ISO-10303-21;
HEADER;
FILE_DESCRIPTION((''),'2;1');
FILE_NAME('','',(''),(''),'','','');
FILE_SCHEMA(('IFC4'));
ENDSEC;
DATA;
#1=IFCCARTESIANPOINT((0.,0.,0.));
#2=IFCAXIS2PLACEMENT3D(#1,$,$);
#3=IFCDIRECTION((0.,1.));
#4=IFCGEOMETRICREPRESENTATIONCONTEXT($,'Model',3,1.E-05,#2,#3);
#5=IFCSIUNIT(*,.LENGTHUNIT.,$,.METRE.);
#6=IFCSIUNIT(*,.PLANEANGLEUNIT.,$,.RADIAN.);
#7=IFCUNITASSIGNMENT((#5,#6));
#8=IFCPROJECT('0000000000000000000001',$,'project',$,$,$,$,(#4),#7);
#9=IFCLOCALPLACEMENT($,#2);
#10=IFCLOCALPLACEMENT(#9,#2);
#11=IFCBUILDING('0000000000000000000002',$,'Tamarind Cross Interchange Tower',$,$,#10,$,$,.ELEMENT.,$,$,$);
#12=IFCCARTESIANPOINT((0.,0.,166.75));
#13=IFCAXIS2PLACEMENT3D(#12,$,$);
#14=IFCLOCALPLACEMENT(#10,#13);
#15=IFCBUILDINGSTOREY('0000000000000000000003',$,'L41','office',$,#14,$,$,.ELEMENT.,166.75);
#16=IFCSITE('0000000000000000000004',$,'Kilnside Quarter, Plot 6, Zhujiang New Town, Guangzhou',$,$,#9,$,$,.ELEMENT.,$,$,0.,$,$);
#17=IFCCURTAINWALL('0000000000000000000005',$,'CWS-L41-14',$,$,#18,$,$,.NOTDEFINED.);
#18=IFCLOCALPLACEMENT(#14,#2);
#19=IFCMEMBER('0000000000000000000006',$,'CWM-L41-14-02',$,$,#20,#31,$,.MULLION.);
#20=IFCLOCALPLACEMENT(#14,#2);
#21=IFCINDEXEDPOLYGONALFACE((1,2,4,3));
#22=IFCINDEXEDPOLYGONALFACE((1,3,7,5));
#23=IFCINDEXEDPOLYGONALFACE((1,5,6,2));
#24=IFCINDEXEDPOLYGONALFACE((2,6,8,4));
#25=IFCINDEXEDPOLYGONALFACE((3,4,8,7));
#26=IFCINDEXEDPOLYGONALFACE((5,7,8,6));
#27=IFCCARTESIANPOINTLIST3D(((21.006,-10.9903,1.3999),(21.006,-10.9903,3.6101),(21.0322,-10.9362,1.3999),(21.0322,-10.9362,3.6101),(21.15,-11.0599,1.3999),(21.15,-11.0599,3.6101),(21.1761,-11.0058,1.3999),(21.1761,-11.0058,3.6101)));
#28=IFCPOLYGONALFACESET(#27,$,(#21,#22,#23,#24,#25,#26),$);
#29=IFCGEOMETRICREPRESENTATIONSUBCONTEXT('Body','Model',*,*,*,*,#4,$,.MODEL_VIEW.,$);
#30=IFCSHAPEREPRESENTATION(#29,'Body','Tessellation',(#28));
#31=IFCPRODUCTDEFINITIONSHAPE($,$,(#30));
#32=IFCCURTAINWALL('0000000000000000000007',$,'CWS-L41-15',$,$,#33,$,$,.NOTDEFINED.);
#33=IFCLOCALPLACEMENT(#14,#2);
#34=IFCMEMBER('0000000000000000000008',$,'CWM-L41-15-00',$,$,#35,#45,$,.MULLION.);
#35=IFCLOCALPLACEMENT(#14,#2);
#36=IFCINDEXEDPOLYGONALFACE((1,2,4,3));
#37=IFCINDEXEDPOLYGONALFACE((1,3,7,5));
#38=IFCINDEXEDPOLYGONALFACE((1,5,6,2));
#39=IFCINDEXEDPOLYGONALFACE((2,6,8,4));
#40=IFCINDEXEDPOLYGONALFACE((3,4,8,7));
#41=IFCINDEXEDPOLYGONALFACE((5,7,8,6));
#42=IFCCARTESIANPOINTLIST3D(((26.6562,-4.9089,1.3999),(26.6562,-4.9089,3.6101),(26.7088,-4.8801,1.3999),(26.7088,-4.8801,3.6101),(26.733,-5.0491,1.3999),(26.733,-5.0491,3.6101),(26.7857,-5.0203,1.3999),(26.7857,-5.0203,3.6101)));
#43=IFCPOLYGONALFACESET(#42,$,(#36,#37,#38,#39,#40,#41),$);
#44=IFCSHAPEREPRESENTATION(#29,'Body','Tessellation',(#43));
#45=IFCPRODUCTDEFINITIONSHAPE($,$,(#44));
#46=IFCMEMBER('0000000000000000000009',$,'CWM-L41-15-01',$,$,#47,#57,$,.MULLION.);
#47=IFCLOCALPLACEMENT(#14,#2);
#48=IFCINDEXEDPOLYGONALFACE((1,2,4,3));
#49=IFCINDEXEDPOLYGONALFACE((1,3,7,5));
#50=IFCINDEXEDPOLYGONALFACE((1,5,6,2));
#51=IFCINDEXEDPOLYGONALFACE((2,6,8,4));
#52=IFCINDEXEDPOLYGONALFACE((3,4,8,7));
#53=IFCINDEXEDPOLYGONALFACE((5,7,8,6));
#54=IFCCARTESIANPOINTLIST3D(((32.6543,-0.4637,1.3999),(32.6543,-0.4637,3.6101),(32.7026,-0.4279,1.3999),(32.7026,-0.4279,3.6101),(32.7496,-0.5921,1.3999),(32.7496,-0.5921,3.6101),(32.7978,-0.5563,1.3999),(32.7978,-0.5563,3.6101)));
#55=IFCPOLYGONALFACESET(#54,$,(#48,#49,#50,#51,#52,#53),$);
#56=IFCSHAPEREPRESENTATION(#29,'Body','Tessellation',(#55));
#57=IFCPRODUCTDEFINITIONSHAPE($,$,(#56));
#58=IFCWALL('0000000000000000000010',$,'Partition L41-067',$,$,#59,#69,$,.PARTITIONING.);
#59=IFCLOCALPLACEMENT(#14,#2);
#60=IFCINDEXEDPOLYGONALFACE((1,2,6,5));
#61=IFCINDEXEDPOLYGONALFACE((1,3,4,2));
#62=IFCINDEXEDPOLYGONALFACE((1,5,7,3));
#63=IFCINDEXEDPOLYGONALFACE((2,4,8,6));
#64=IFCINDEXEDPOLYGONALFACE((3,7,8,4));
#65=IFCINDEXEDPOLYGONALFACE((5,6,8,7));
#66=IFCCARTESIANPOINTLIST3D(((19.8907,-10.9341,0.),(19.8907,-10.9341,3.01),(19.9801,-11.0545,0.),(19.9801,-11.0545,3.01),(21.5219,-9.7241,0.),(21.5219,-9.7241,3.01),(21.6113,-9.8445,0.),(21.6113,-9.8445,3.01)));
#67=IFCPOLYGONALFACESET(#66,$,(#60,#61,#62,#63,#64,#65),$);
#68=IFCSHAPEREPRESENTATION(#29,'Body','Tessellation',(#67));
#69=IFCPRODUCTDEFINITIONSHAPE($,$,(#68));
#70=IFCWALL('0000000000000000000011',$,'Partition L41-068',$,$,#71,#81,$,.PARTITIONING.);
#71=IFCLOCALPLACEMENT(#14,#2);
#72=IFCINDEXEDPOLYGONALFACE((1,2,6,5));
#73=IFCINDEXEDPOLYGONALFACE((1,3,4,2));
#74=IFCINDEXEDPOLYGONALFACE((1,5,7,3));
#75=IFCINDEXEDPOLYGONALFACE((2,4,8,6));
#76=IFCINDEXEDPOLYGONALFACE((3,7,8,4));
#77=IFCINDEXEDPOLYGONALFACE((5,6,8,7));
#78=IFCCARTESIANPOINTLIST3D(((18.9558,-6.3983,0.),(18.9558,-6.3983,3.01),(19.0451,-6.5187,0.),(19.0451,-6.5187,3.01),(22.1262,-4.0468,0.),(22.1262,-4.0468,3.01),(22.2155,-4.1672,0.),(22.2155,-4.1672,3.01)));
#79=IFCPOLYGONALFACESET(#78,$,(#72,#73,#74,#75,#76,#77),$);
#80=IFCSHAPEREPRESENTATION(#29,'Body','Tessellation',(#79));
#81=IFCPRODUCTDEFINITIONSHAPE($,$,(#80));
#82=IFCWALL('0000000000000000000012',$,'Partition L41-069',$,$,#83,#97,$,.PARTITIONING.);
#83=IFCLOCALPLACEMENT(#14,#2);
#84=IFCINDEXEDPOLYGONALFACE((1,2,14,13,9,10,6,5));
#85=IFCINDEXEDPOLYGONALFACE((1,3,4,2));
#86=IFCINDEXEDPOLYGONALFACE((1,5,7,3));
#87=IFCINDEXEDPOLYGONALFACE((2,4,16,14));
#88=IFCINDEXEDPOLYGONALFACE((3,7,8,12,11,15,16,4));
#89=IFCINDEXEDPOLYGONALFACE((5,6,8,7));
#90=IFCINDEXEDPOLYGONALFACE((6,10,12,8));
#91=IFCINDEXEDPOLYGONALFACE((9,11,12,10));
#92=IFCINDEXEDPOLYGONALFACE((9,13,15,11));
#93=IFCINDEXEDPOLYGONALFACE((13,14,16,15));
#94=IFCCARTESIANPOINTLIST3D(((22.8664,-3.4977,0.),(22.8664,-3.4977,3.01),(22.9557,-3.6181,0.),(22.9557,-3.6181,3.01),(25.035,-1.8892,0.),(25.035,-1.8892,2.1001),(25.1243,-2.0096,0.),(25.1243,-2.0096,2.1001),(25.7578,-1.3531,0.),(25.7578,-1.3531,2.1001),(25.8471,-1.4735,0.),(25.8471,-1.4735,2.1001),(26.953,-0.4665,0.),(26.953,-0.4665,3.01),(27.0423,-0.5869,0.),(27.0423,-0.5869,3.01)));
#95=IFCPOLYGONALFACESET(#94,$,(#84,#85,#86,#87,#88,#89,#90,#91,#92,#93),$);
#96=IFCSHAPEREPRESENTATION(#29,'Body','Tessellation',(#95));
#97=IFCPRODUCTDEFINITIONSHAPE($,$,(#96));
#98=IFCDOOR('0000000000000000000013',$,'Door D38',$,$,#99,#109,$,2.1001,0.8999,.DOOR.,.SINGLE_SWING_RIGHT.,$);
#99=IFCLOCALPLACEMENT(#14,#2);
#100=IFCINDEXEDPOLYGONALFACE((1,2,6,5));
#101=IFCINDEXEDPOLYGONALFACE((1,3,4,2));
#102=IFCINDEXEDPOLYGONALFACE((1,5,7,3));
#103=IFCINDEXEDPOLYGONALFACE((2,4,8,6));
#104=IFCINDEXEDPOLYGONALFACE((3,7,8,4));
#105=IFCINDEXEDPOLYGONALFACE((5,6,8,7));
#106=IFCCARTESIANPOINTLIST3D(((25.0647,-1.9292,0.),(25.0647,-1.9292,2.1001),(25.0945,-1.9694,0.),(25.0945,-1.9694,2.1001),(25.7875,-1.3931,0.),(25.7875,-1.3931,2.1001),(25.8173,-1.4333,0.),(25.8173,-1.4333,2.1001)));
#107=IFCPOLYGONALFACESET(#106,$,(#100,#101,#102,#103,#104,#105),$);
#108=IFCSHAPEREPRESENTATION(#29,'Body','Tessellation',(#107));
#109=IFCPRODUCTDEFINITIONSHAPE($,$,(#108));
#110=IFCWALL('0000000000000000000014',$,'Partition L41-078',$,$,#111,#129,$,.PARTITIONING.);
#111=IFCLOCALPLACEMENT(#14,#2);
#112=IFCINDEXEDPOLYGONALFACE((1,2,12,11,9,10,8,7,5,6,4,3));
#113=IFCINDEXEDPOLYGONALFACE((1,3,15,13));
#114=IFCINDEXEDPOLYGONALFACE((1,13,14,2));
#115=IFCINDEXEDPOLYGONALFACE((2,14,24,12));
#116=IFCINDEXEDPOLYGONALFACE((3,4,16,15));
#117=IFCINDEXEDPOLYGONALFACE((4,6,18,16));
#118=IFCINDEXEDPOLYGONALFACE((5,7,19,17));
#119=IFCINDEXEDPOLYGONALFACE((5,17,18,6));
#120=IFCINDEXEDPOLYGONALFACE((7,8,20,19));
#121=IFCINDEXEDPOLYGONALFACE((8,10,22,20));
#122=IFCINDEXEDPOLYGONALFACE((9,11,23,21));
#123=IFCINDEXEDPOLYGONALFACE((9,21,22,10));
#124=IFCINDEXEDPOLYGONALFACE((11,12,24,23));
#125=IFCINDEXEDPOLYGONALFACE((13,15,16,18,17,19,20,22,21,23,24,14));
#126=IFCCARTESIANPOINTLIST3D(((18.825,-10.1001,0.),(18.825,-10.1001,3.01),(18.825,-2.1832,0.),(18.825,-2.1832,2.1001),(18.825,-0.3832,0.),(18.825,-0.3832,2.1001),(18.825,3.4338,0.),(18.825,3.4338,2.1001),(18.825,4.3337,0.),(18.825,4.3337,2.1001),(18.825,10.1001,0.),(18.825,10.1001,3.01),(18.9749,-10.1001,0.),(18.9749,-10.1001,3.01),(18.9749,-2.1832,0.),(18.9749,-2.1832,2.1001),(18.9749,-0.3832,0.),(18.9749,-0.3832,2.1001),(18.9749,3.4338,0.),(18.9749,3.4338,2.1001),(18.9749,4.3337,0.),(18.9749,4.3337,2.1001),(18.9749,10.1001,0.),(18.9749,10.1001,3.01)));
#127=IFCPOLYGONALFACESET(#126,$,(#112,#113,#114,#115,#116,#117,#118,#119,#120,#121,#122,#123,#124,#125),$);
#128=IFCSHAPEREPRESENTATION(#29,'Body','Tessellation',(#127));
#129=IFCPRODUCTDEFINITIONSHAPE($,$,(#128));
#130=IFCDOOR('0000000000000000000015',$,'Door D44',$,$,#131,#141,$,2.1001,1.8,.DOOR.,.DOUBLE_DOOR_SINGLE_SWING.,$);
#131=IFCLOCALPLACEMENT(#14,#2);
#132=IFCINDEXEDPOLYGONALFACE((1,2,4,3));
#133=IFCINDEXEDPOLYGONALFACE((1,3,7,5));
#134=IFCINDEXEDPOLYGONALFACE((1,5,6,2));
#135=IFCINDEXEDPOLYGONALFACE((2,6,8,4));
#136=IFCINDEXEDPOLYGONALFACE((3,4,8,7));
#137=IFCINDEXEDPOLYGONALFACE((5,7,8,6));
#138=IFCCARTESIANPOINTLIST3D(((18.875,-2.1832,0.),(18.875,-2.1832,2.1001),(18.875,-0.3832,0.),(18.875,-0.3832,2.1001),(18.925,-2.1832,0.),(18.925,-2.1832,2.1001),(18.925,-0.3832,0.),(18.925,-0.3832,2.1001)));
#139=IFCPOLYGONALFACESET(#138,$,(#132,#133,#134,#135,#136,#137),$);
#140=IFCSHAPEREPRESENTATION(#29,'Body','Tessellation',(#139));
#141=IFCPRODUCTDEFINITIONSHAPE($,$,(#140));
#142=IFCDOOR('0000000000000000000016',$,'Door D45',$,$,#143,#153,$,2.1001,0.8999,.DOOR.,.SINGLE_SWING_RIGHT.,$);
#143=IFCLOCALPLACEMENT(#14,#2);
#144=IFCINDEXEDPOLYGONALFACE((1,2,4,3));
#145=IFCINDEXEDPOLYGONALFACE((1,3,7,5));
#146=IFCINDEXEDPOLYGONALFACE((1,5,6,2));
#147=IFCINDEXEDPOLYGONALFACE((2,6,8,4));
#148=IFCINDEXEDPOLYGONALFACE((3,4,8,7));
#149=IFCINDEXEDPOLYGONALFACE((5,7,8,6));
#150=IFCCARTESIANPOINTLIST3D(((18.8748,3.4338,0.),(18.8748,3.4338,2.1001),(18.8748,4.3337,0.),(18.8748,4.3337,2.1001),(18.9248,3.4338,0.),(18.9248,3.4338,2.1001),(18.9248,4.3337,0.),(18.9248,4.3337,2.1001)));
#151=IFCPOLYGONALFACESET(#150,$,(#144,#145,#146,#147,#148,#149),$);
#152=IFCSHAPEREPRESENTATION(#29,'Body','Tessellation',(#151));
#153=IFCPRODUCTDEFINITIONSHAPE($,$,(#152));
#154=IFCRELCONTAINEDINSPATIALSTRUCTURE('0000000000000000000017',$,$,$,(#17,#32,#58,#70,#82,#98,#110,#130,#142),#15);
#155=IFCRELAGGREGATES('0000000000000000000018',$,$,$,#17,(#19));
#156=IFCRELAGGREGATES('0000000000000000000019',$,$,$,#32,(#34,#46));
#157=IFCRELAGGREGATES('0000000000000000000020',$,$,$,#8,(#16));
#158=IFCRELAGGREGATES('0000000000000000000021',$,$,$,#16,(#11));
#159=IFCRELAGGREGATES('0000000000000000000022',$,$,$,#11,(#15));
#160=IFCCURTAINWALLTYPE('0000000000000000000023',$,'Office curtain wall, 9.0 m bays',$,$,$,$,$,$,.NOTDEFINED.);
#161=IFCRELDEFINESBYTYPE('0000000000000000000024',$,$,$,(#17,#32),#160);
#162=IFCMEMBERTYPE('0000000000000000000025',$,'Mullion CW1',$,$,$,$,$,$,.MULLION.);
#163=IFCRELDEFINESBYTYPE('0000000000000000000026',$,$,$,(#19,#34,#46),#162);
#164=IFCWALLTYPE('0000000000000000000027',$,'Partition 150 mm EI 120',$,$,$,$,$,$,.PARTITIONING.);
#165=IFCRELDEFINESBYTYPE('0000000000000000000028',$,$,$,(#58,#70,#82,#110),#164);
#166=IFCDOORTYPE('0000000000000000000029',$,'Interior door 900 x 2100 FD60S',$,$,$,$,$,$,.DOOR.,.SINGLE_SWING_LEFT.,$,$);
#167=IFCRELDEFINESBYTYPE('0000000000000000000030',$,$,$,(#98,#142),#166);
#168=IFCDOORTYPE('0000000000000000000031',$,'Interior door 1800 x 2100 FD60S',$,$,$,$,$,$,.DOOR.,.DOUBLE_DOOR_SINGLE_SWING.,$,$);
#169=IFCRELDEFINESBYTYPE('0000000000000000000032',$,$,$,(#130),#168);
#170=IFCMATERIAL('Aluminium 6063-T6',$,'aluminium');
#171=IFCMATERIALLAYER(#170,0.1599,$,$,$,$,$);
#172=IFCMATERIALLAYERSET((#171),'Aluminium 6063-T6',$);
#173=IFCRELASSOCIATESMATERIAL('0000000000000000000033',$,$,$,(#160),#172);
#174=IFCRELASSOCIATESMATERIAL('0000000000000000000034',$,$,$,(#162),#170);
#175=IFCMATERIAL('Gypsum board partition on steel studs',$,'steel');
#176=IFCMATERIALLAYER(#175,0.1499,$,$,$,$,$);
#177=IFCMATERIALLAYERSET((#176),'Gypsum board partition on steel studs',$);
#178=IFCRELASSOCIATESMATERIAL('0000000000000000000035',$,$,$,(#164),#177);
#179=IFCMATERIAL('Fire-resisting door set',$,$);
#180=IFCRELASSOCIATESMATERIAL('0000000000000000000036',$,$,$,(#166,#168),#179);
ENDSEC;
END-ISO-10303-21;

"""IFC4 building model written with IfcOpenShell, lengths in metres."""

from ifc_helpers import new_model, si_unit, direction, frame, frame_2d, origin, origin_2d, place, context, subcontext, project, spatial, rectangle, extrude, material, layer, layer_set, material_profile, profile_set, type_object, element, fill, aggregate, save


model = new_model("IFC4")

# Units and contexts
model_context = context("Model", 3, precision=1e-05, world=origin(), true_north=direction((0.0, 1.0)))
body_context = subcontext(model_context, "Body", "Model", "MODEL_VIEW")
ifc_project = project(units=[si_unit("LENGTHUNIT", "METRE"), si_unit("PLANEANGLEUNIT", "RADIAN")], contexts=[model_context])

# Site, building, storey
site_placement = place(None, origin())
site = spatial("IfcSite", under=ifc_project, at=site_placement, Name="Kilnside Quarter, Plot 6, Zhujiang New Town, Guangzhou", CompositionType="ELEMENT", RefElevation=0.0)
building_placement = place(site_placement, origin())
building = spatial("IfcBuilding", under=site, at=building_placement, Name="Tamarind Cross Interchange Tower", CompositionType="ELEMENT")
storey_placement = place(building_placement, frame((0.0, 0.0, 166.75)))
storey = spatial("IfcBuildingStorey", under=building, at=storey_placement, Name="L41", Description="office", CompositionType="ELEMENT", Elevation=166.75)

# Curtain wall, member
ifc_material_1 = material(Name="Aluminium 6063-T6", Category="aluminium")
ifc_layer_1 = layer(ifc_material_1, 0.1599)
ifc_layer_set_1 = layer_set([ifc_layer_1], Name="Aluminium 6063-T6")
curtain_wall_type = type_object("IfcCurtainWallType", Name="Office curtain wall, 9.0 m bays", PredefinedType="NOTDEFINED", material=ifc_layer_set_1)
curtain_wall_1_placement = place(storey_placement, origin())
curtain_wall_1 = element("IfcCurtainWall", 1, at=curtain_wall_1_placement, inside=storey, type_object=curtain_wall_type, Name="CWS-L41-14", PredefinedType="NOTDEFINED")
ifc_material_profile_1 = material_profile(ifc_material_1, rectangle(XDim=0.0601, YDim=0.1599, at=origin_2d()), Name="Mullion CW1")
ifc_profile_set_1 = profile_set([ifc_material_profile_1], Name="Aluminium 6063-T6")
member_type = type_object("IfcMemberType", Name="Mullion CW1", PredefinedType="MULLION", material=ifc_profile_set_1)
member_1_placement = place(storey_placement, frame((21.0911, -10.998, 1.3999), z_axis=(0.0, 0.0, 1.0), x_axis=(0.435326, 0.900273, 0.0)))
member_1 = element("IfcMember", 2, at=member_1_placement, type_object=member_type, Name="CWM-L41-14-02", PredefinedType="MULLION", context=body_context, shape_type="SweptSolid", body=[
    extrude(rectangle(XDim=0.0601, YDim=0.1599, at=origin_2d()), origin(), (0.0, 0.0, 1.0), 2.2102),
])
aggregate(curtain_wall_1, [member_1])

# Curtain wall, members
curtain_wall_2_placement = place(storey_placement, origin())
curtain_wall_2 = element("IfcCurtainWall", 3, at=curtain_wall_2_placement, inside=storey, type_object=curtain_wall_type, Name="CWS-L41-15", PredefinedType="NOTDEFINED")
member_2_placement = place(storey_placement, frame((26.7209, -4.9646, 1.3999), z_axis=(0.0, 0.0, 1.0), x_axis=(0.876907, 0.48066, 0.0)))
member_2 = element("IfcMember", 4, at=member_2_placement, type_object=member_type, Name="CWM-L41-15-00", PredefinedType="MULLION", context=body_context, shape_type="SweptSolid", body=[
    extrude(rectangle(XDim=0.0601, YDim=0.1599, at=origin_2d()), origin(), (0.0, 0.0, 1.0), 2.2102),
])
member_3_placement = place(storey_placement, frame((32.7261, -0.51, 1.3999), z_axis=(0.0, 0.0, 1.0), x_axis=(0.80315, 0.595776, 0.0)))
member_3 = element("IfcMember", 5, at=member_3_placement, type_object=member_type, Name="CWM-L41-15-01", PredefinedType="MULLION", context=body_context, shape_type="SweptSolid", body=[
    extrude(rectangle(XDim=0.0601, YDim=0.1599, at=origin_2d()), origin(), (0.0, 0.0, 1.0), 2.2102),
])
aggregate(curtain_wall_2, [member_2, member_3])

# Walls
ifc_material_2 = material(Name="Gypsum board partition on steel studs", Category="steel")
ifc_layer_2 = layer(ifc_material_2, 0.1499)
ifc_layer_set_2 = layer_set([ifc_layer_2], Name="Gypsum board partition on steel studs")
wall_type = type_object("IfcWallType", Name="Partition 150 mm EI 120", PredefinedType="PARTITIONING", material=ifc_layer_set_2)
wall_1_placement = place(storey_placement, frame((19.9353, -10.9944, 0.0), z_axis=(0.0, 0.0, 1.0), x_axis=(0.803148, 0.595779, 0.0)))
element("IfcWall", 6, at=wall_1_placement, inside=storey, type_object=wall_type, Name="Partition L41-067", PredefinedType="PARTITIONING", context=body_context, shape_type="SweptSolid", body=[
    extrude(rectangle(XDim=2.031, YDim=0.1499, at=frame_2d((1.0156, 0.0))), origin(), (0.0, 0.0, 1.0), 3.01),
])
wall_2_placement = place(storey_placement, frame((19.0005, -6.4585, 0.0), z_axis=(0.0, 0.0, 1.0), x_axis=(0.80318, 0.595736, 0.0)))
element("IfcWall", 7, at=wall_2_placement, inside=storey, type_object=wall_type, Name="Partition L41-068", PredefinedType="PARTITIONING", context=body_context, shape_type="SweptSolid", body=[
    extrude(rectangle(XDim=3.9473, YDim=0.1499, at=frame_2d((1.9736, 0.0))), origin(), (0.0, 0.0, 1.0), 3.01),
])

# Wall, opening, door
wall_3_placement = place(storey_placement, frame((22.9111, -3.5579, 0.0), z_axis=(0.0, 0.0, 1.0), x_axis=(0.803173, 0.595746, 0.0)))
wall_3 = element("IfcWall", 8, at=wall_3_placement, inside=storey, type_object=wall_type, Name="Partition L41-069", PredefinedType="PARTITIONING", context=body_context, shape_type="SweptSolid", body=[
    extrude(rectangle(XDim=5.0881, YDim=0.1499, at=frame_2d((2.5439, 0.0))), origin(), (0.0, 0.0, 1.0), 3.01),
])
opening_1_placement = place(wall_3_placement, frame((2.7, 0.0, 0.0)))
opening_1 = element("IfcOpeningElement", 9, at=opening_1_placement, cuts=wall_3, PredefinedType="OPENING", context=body_context, shape_type="SweptSolid", body=[
    extrude(rectangle(XDim=0.8999, YDim=2.1001, at=frame_2d((0.45, 1.05))), frame((0.0, 0.085, 0.0), z_axis=(0.0, -1.0, 0.0), x_axis=(1.0, 0.0, 0.0)), (0.0, 0.0, 1.0), 0.1699),
])
ifc_material_3 = material(Name="Fire-resisting door set")
door_type_1 = type_object("IfcDoorType", Name="Interior door 900 x 2100 FD60S", OperationType="SINGLE_SWING_LEFT", PredefinedType="DOOR", material=ifc_material_3)
door_1_placement = place(opening_1_placement, frame((0.8999, 0.0, 0.0), z_axis=(0.0, 0.0, 1.0), x_axis=(-1.0, 0.0, 0.0)))
door_1 = element("IfcDoor", 10, at=door_1_placement, inside=storey, type_object=door_type_1, Name="Door D38", OperationType="SINGLE_SWING_RIGHT", OverallHeight=2.1001, OverallWidth=0.8999, PredefinedType="DOOR", context=body_context, shape_type="SweptSolid", body=[
    extrude(rectangle(XDim=0.8999, YDim=2.1001, at=frame_2d((0.45, 1.05))), frame((0.0, 0.0249, 0.0), z_axis=(0.0, -1.0, 0.0), x_axis=(1.0, 0.0, 0.0)), (0.0, 0.0, 1.0), 0.05),
])
fill(opening_1, door_1)

# Wall, openings, doors
wall_4_placement = place(storey_placement, frame((18.8999, -10.1001, 0.0), z_axis=(0.0, 0.0, 1.0), x_axis=(0.0, 1.0, 0.0)))
wall_4 = element("IfcWall", 11, at=wall_4_placement, inside=storey, type_object=wall_type, Name="Partition L41-078", PredefinedType="PARTITIONING", context=body_context, shape_type="SweptSolid", body=[
    extrude(rectangle(XDim=20.2002, YDim=0.1499, at=frame_2d((10.1001, 0.0))), origin(), (0.0, 0.0, 1.0), 3.01),
])
opening_2_placement = place(wall_4_placement, frame((7.917, 0.0, 0.0)))
opening_2 = element("IfcOpeningElement", 12, at=opening_2_placement, cuts=wall_4, PredefinedType="OPENING", context=body_context, shape_type="SweptSolid", body=[
    extrude(rectangle(XDim=1.8, YDim=2.1001, at=frame_2d((0.8999, 1.05))), frame((0.0, 0.085, 0.0), z_axis=(0.0, -1.0, 0.0), x_axis=(1.0, 0.0, 0.0)), (0.0, 0.0, 1.0), 0.1699),
])
opening_3_placement = place(wall_4_placement, frame((13.5339, 0.0, 0.0)))
opening_3 = element("IfcOpeningElement", 13, at=opening_3_placement, cuts=wall_4, PredefinedType="OPENING", context=body_context, shape_type="SweptSolid", body=[
    extrude(rectangle(XDim=0.8999, YDim=2.1001, at=frame_2d((0.45, 1.05))), frame((0.0, 0.085, 0.0), z_axis=(0.0, -1.0, 0.0), x_axis=(1.0, 0.0, 0.0)), (0.0, 0.0, 1.0), 0.1699),
])
door_type_2 = type_object("IfcDoorType", Name="Interior door 1800 x 2100 FD60S", OperationType="DOUBLE_DOOR_SINGLE_SWING", PredefinedType="DOOR", material=ifc_material_3)
door_2_placement = place(opening_2_placement, origin())
door_2 = element("IfcDoor", 14, at=door_2_placement, inside=storey, type_object=door_type_2, Name="Door D44", OperationType="DOUBLE_DOOR_SINGLE_SWING", OverallHeight=2.1001, OverallWidth=1.8, PredefinedType="DOOR", context=body_context, shape_type="SweptSolid", body=[
    extrude(rectangle(XDim=1.8, YDim=2.1001, at=frame_2d((0.8999, 1.05))), frame((0.0, 0.0249, 0.0), z_axis=(0.0, -1.0, 0.0), x_axis=(1.0, 0.0, 0.0)), (0.0, 0.0, 1.0), 0.05),
])
fill(opening_2, door_2)
door_3_placement = place(opening_3_placement, frame((0.8999, 0.0, 0.0), z_axis=(0.0, 0.0, 1.0), x_axis=(-1.0, 0.0, 0.0)))
door_3 = element("IfcDoor", 15, at=door_3_placement, inside=storey, type_object=door_type_1, Name="Door D45", OperationType="SINGLE_SWING_RIGHT", OverallHeight=2.1001, OverallWidth=0.8999, PredefinedType="DOOR", context=body_context, shape_type="SweptSolid", body=[
    extrude(rectangle(XDim=0.8999, YDim=2.1001, at=frame_2d((0.45, 1.05))), frame((0.0, 0.0249, 0.0), z_axis=(0.0, -1.0, 0.0), x_axis=(1.0, 0.0, 0.0)), (0.0, 0.0, 1.0), 0.05),
])
fill(opening_3, door_3)

save(model, "model.ifc")
